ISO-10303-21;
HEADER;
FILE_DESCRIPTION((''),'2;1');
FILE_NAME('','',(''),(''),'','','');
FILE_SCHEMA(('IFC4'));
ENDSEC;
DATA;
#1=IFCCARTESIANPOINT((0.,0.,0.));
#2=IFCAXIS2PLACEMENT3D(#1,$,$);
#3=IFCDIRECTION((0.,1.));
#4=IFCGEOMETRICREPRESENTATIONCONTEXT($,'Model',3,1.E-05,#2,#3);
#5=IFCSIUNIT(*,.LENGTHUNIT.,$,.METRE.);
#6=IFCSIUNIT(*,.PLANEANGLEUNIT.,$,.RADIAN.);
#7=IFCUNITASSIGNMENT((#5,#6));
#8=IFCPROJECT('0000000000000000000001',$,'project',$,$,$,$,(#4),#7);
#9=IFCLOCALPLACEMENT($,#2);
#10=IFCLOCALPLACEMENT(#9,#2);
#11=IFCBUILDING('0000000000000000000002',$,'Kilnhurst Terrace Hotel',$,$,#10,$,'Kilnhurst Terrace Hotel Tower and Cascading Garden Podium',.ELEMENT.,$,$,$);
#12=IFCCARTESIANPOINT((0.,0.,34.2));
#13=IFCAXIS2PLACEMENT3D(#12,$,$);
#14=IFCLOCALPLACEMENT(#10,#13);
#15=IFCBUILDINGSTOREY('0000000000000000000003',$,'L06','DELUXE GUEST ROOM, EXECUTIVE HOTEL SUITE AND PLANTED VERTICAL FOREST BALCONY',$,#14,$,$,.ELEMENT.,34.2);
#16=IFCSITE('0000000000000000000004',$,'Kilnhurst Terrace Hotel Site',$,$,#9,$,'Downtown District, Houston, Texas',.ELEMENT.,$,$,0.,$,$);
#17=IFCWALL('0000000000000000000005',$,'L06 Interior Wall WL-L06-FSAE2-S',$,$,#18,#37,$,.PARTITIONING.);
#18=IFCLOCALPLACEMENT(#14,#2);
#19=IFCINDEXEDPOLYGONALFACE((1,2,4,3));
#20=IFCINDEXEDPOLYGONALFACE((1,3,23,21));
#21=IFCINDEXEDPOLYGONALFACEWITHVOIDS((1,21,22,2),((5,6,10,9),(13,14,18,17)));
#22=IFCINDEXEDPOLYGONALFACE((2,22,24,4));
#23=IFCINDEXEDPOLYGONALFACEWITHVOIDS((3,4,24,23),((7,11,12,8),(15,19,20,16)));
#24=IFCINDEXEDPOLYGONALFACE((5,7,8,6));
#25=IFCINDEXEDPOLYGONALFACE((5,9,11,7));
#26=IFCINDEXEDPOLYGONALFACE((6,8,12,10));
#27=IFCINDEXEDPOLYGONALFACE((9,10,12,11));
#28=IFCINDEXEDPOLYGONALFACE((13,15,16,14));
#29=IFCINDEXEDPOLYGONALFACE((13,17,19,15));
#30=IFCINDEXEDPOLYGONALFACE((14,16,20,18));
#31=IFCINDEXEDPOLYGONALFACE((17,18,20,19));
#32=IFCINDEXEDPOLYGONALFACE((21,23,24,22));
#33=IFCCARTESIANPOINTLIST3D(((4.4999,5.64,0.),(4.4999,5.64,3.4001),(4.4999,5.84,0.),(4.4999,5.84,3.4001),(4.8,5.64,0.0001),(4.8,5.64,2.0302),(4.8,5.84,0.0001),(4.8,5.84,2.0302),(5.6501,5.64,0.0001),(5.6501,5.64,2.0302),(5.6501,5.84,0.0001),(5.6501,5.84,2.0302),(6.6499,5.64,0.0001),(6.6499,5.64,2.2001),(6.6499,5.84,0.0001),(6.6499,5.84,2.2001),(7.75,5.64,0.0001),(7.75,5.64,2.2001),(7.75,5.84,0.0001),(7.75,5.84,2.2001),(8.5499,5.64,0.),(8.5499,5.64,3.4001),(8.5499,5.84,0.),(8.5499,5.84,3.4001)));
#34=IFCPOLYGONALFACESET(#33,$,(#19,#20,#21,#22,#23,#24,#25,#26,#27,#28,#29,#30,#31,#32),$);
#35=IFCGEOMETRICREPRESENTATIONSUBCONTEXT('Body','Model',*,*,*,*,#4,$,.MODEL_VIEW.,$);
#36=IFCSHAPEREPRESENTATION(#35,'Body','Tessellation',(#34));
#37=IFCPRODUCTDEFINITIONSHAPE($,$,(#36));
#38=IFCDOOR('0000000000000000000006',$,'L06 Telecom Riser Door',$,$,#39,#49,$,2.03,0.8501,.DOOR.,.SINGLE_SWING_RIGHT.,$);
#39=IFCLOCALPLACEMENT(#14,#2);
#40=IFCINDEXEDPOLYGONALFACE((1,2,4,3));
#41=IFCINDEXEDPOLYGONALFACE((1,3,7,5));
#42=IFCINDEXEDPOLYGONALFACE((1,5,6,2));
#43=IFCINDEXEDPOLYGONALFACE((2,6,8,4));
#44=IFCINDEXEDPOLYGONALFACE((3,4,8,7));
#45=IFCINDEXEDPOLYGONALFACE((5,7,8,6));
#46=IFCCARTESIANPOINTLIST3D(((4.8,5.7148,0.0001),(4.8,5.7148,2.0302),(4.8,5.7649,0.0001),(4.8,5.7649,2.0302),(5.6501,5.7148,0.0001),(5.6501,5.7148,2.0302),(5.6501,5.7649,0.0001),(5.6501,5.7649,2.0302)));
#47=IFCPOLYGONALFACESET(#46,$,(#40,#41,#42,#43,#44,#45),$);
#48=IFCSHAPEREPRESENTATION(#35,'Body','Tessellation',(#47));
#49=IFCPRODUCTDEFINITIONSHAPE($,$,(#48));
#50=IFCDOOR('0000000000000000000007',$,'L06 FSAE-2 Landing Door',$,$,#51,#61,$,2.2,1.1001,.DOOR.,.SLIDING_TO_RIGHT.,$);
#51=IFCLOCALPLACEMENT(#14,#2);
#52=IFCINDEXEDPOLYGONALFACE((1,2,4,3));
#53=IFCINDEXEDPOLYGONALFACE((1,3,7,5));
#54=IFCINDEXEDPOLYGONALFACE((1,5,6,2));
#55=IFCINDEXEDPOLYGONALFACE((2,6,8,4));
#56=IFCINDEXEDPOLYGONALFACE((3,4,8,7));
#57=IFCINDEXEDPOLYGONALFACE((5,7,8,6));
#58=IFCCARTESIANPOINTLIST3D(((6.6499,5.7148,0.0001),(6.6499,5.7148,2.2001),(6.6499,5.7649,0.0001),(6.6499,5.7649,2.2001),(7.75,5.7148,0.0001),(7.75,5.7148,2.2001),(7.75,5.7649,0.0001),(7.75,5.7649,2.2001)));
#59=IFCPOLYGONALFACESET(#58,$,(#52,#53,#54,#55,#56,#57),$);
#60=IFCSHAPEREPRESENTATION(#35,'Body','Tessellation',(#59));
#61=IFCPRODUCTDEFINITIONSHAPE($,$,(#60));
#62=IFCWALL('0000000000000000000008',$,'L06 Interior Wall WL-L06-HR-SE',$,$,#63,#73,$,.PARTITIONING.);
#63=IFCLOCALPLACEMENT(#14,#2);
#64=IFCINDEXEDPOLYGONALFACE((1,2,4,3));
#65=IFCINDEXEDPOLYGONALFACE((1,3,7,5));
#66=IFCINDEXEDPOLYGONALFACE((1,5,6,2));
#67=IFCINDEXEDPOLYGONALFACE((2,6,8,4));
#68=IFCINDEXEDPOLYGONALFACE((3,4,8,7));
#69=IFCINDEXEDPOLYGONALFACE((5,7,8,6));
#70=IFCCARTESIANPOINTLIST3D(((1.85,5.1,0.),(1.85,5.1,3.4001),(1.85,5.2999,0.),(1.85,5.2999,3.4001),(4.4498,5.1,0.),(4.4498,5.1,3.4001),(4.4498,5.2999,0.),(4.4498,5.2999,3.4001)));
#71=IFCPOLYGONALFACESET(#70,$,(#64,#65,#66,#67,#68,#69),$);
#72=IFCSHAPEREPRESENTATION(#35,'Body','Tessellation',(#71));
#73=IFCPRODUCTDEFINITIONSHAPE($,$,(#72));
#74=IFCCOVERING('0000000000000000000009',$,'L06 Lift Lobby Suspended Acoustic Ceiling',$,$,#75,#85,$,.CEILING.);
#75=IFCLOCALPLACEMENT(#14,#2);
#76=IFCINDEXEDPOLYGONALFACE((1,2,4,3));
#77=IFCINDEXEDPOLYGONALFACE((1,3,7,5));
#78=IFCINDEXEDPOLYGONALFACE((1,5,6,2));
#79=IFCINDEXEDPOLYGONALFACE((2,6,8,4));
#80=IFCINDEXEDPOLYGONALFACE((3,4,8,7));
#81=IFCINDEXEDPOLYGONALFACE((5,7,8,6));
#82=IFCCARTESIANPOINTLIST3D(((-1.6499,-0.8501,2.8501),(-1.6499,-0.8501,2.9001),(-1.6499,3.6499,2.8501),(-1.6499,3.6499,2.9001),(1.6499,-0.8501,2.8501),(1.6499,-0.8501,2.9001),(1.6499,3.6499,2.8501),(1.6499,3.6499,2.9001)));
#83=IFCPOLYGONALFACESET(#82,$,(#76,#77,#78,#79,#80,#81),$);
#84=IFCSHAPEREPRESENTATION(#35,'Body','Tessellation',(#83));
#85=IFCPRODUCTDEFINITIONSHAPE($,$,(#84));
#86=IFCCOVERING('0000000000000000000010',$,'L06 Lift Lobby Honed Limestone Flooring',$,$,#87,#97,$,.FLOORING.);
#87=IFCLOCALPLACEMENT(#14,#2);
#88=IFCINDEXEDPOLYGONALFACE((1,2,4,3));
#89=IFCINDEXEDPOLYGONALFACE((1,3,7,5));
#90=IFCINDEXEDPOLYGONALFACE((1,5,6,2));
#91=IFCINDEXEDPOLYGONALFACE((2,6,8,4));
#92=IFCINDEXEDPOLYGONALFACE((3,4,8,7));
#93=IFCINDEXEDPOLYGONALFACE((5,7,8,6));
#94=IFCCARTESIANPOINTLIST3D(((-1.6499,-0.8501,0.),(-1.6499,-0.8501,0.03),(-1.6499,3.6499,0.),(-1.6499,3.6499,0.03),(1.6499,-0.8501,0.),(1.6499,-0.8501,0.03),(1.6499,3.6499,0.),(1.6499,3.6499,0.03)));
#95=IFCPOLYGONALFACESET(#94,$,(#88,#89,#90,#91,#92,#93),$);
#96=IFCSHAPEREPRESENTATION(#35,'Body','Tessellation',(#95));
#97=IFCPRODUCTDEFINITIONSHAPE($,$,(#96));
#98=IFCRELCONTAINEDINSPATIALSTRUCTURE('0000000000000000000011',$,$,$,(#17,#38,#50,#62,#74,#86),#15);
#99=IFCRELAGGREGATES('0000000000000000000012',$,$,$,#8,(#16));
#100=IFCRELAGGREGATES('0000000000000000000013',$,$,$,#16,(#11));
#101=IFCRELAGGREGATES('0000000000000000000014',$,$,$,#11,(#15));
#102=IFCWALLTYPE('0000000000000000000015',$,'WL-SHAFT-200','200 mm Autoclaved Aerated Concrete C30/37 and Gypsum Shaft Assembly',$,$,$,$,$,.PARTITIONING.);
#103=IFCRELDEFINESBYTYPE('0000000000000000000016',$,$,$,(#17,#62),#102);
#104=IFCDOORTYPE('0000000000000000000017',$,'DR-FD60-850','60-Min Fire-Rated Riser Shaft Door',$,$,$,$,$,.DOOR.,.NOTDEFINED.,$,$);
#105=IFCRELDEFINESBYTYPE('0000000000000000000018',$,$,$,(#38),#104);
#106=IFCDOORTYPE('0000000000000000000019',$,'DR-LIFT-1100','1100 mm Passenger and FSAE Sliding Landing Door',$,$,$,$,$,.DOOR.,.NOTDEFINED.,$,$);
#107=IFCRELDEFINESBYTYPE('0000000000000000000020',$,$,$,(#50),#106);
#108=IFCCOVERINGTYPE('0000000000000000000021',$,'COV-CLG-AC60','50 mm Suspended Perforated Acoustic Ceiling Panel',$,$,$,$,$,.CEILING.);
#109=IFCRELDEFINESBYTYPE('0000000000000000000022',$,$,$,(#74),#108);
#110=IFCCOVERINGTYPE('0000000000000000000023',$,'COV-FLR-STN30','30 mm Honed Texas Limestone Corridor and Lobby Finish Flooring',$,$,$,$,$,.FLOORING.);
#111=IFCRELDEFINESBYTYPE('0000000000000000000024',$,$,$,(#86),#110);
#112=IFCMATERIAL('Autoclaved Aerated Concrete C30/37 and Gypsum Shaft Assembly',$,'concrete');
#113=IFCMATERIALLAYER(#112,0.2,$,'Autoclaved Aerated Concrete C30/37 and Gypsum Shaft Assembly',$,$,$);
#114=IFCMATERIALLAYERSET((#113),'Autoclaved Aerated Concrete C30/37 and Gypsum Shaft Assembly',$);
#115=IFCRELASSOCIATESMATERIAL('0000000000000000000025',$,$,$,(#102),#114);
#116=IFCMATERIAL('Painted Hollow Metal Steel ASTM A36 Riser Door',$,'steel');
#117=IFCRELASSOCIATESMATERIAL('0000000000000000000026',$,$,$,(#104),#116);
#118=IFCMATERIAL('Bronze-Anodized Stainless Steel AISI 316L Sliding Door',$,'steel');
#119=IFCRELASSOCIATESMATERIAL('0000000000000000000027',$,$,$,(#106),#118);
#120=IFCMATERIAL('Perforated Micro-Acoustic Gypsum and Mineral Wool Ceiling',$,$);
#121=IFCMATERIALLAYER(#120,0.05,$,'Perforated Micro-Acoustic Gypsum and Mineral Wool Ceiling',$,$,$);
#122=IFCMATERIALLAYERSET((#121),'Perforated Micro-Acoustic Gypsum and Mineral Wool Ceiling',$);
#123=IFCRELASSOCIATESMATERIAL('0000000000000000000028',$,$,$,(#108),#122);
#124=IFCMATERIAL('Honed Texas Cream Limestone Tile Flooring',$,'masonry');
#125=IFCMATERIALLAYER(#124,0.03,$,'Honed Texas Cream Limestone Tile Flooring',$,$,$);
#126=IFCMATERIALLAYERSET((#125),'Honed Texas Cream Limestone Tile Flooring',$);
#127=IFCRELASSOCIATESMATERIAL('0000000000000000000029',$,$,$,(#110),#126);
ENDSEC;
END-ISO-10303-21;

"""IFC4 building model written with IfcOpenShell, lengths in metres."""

from ifc_helpers import new_model, si_unit, direction, frame, frame_2d, origin, place, context, subcontext, project, spatial, polyline, rectangle, outline, extrude, material, layer, layer_set, type_object, element, fill, save


model = new_model("IFC4")

# Units and contexts
model_context = context("Model", 3, precision=1e-05, world=origin(), true_north=direction((0.0, 1.0)))
body_context = subcontext(model_context, "Body", "Model", "MODEL_VIEW")
ifc_project = project(units=[si_unit("LENGTHUNIT", "METRE"), si_unit("PLANEANGLEUNIT", "RADIAN")], contexts=[model_context])

# Site, building, storey
site_placement = place(None, origin())
site = spatial("IfcSite", under=ifc_project, at=site_placement, Name="Kilnhurst Terrace Hotel Site", LongName="Downtown District, Houston, Texas", CompositionType="ELEMENT", RefElevation=0.0)
building_placement = place(site_placement, origin())
building = spatial("IfcBuilding", under=site, at=building_placement, Name="Kilnhurst Terrace Hotel", LongName="Kilnhurst Terrace Hotel Tower and Cascading Garden Podium", CompositionType="ELEMENT")
storey_placement = place(building_placement, frame((0.0, 0.0, 34.2)))
storey = spatial("IfcBuildingStorey", under=building, at=storey_placement, Name="L06", Description="DELUXE GUEST ROOM, EXECUTIVE HOTEL SUITE AND PLANTED VERTICAL FOREST BALCONY", CompositionType="ELEMENT", Elevation=34.2)

# Wall, openings, doors
ifc_material_1 = material(Name="Autoclaved Aerated Concrete C30/37 and Gypsum Shaft Assembly", Category="concrete")
ifc_layer_1 = layer(ifc_material_1, 0.2, Name="Autoclaved Aerated Concrete C30/37 and Gypsum Shaft Assembly")
ifc_layer_set_1 = layer_set([ifc_layer_1], Name="Autoclaved Aerated Concrete C30/37 and Gypsum Shaft Assembly")
wall_type_1 = type_object("IfcWallType", Name="WL-SHAFT-200", Description="200 mm Autoclaved Aerated Concrete C30/37 and Gypsum Shaft Assembly", PredefinedType="PARTITIONING", material=ifc_layer_set_1)
wall_1_placement = place(storey_placement, frame((4.5, 5.74, 0.0), z_axis=(0.0, 0.0, 1.0), x_axis=(1.0, 0.0, 0.0)))
wall_1 = element("IfcWall", 1, at=wall_1_placement, inside=storey, type_object=wall_type_1, Name="L06 Interior Wall WL-L06-FSAE2-S", PredefinedType="PARTITIONING", context=body_context, shape_type="SweptSolid", body=[
    extrude(rectangle(XDim=4.05, YDim=0.2, at=frame_2d((2.0249, 0.0))), origin(), (0.0, 0.0, 1.0), 3.4001),
])
opening_1_placement = place(wall_1_placement, frame((0.3, 0.0, 0.0)))
opening_1 = element("IfcOpeningElement", 2, at=opening_1_placement, cuts=wall_1, PredefinedType="OPENING", context=body_context, shape_type="SweptSolid", body=[
    extrude(rectangle(XDim=0.8501, YDim=2.03, at=frame_2d((0.425, 1.0151))), frame((0.0, 0.1099, 0.0), z_axis=(0.0, -1.0, 0.0), x_axis=(1.0, 0.0, 0.0)), (0.0, 0.0, 1.0), 0.22),
])
opening_2_placement = place(wall_1_placement, frame((2.1499, 0.0, 0.0)))
opening_2 = element("IfcOpeningElement", 3, at=opening_2_placement, cuts=wall_1, PredefinedType="OPENING", context=body_context, shape_type="SweptSolid", body=[
    extrude(rectangle(XDim=1.1001, YDim=2.2, at=frame_2d((0.55, 1.1001))), frame((0.0, 0.1099, 0.0), z_axis=(0.0, -1.0, 0.0), x_axis=(1.0, 0.0, 0.0)), (0.0, 0.0, 1.0), 0.22),
])
ifc_material_2 = material(Name="Painted Hollow Metal Steel ASTM A36 Riser Door", Category="steel")
door_type_1 = type_object("IfcDoorType", Name="DR-FD60-850", Description="60-Min Fire-Rated Riser Shaft Door", OperationType="NOTDEFINED", PredefinedType="DOOR", material=ifc_material_2)
door_1_placement = place(opening_1_placement, origin())
door_1 = element("IfcDoor", 4, at=door_1_placement, inside=storey, type_object=door_type_1, Name="L06 Telecom Riser Door", OperationType="SINGLE_SWING_RIGHT", OverallHeight=2.03, OverallWidth=0.8501, PredefinedType="DOOR", context=body_context, shape_type="SweptSolid", body=[
    extrude(rectangle(XDim=0.8501, YDim=2.03, at=frame_2d((0.425, 1.0151))), frame((0.0, 0.0249, 0.0), z_axis=(0.0, -1.0, 0.0), x_axis=(1.0, 0.0, 0.0)), (0.0, 0.0, 1.0), 0.05),
])
fill(opening_1, door_1)
ifc_material_3 = material(Name="Bronze-Anodized Stainless Steel AISI 316L Sliding Door", Category="steel")
door_type_2 = type_object("IfcDoorType", Name="DR-LIFT-1100", Description="1100 mm Passenger and FSAE Sliding Landing Door", OperationType="NOTDEFINED", PredefinedType="DOOR", material=ifc_material_3)
door_2_placement = place(opening_2_placement, origin())
door_2 = element("IfcDoor", 5, at=door_2_placement, inside=storey, type_object=door_type_2, Name="L06 FSAE-2 Landing Door", OperationType="SLIDING_TO_RIGHT", OverallHeight=2.2, OverallWidth=1.1001, PredefinedType="DOOR", context=body_context, shape_type="SweptSolid", body=[
    extrude(rectangle(XDim=1.1001, YDim=2.2, at=frame_2d((0.55, 1.1001))), frame((0.0, 0.0249, 0.0), z_axis=(0.0, -1.0, 0.0), x_axis=(1.0, 0.0, 0.0)), (0.0, 0.0, 1.0), 0.05),
])
fill(opening_2, door_2)

# Wall
wall_2_placement = place(storey_placement, frame((1.8501, 5.2, 0.0), z_axis=(0.0, 0.0, 1.0), x_axis=(1.0, 0.0, 0.0)))
element("IfcWall", 6, at=wall_2_placement, inside=storey, type_object=wall_type_1, Name="L06 Interior Wall WL-L06-HR-SE", PredefinedType="PARTITIONING", context=body_context, shape_type="SweptSolid", body=[
    extrude(rectangle(XDim=2.5999, YDim=0.2, at=frame_2d((1.2998, 0.0))), origin(), (0.0, 0.0, 1.0), 3.4001),
])

# Coverings
ifc_material_4 = material(Name="Perforated Micro-Acoustic Gypsum and Mineral Wool Ceiling")
ifc_layer_2 = layer(ifc_material_4, 0.05, Name="Perforated Micro-Acoustic Gypsum and Mineral Wool Ceiling")
ifc_layer_set_2 = layer_set([ifc_layer_2], Name="Perforated Micro-Acoustic Gypsum and Mineral Wool Ceiling")
covering_type_1 = type_object("IfcCoveringType", Name="COV-CLG-AC60", Description="50 mm Suspended Perforated Acoustic Ceiling Panel", PredefinedType="CEILING", material=ifc_layer_set_2)
covering_1_placement = place(storey_placement, frame((0.0, 0.0, 2.8501)))
element("IfcCovering", 7, at=covering_1_placement, inside=storey, type_object=covering_type_1, Name="L06 Lift Lobby Suspended Acoustic Ceiling", PredefinedType="CEILING", context=body_context, shape_type="SweptSolid", body=[
    extrude(outline(polyline([(-1.6499, -0.8501), (1.6499, -0.8501), (1.6499, 3.6499), (-1.6499, 3.6499), (-1.6499, -0.8501)])), origin(), (0.0, 0.0, 1.0), 0.05),
])
ifc_material_5 = material(Name="Honed Texas Cream Limestone Tile Flooring", Category="masonry")
ifc_layer_3 = layer(ifc_material_5, 0.03, Name="Honed Texas Cream Limestone Tile Flooring")
ifc_layer_set_3 = layer_set([ifc_layer_3], Name="Honed Texas Cream Limestone Tile Flooring")
covering_type_2 = type_object("IfcCoveringType", Name="COV-FLR-STN30", Description="30 mm Honed Texas Limestone Corridor and Lobby Finish Flooring", PredefinedType="FLOORING", material=ifc_layer_set_3)
covering_2_placement = place(storey_placement, origin())
element("IfcCovering", 8, at=covering_2_placement, inside=storey, type_object=covering_type_2, Name="L06 Lift Lobby Honed Limestone Flooring", PredefinedType="FLOORING", context=body_context, shape_type="SweptSolid", body=[
    extrude(outline(polyline([(-1.6499, -0.8501), (1.6499, -0.8501), (1.6499, 3.6499), (-1.6499, 3.6499), (-1.6499, -0.8501)])), origin(), (0.0, 0.0, 1.0), 0.03),
])

save(model, "model.ifc")
